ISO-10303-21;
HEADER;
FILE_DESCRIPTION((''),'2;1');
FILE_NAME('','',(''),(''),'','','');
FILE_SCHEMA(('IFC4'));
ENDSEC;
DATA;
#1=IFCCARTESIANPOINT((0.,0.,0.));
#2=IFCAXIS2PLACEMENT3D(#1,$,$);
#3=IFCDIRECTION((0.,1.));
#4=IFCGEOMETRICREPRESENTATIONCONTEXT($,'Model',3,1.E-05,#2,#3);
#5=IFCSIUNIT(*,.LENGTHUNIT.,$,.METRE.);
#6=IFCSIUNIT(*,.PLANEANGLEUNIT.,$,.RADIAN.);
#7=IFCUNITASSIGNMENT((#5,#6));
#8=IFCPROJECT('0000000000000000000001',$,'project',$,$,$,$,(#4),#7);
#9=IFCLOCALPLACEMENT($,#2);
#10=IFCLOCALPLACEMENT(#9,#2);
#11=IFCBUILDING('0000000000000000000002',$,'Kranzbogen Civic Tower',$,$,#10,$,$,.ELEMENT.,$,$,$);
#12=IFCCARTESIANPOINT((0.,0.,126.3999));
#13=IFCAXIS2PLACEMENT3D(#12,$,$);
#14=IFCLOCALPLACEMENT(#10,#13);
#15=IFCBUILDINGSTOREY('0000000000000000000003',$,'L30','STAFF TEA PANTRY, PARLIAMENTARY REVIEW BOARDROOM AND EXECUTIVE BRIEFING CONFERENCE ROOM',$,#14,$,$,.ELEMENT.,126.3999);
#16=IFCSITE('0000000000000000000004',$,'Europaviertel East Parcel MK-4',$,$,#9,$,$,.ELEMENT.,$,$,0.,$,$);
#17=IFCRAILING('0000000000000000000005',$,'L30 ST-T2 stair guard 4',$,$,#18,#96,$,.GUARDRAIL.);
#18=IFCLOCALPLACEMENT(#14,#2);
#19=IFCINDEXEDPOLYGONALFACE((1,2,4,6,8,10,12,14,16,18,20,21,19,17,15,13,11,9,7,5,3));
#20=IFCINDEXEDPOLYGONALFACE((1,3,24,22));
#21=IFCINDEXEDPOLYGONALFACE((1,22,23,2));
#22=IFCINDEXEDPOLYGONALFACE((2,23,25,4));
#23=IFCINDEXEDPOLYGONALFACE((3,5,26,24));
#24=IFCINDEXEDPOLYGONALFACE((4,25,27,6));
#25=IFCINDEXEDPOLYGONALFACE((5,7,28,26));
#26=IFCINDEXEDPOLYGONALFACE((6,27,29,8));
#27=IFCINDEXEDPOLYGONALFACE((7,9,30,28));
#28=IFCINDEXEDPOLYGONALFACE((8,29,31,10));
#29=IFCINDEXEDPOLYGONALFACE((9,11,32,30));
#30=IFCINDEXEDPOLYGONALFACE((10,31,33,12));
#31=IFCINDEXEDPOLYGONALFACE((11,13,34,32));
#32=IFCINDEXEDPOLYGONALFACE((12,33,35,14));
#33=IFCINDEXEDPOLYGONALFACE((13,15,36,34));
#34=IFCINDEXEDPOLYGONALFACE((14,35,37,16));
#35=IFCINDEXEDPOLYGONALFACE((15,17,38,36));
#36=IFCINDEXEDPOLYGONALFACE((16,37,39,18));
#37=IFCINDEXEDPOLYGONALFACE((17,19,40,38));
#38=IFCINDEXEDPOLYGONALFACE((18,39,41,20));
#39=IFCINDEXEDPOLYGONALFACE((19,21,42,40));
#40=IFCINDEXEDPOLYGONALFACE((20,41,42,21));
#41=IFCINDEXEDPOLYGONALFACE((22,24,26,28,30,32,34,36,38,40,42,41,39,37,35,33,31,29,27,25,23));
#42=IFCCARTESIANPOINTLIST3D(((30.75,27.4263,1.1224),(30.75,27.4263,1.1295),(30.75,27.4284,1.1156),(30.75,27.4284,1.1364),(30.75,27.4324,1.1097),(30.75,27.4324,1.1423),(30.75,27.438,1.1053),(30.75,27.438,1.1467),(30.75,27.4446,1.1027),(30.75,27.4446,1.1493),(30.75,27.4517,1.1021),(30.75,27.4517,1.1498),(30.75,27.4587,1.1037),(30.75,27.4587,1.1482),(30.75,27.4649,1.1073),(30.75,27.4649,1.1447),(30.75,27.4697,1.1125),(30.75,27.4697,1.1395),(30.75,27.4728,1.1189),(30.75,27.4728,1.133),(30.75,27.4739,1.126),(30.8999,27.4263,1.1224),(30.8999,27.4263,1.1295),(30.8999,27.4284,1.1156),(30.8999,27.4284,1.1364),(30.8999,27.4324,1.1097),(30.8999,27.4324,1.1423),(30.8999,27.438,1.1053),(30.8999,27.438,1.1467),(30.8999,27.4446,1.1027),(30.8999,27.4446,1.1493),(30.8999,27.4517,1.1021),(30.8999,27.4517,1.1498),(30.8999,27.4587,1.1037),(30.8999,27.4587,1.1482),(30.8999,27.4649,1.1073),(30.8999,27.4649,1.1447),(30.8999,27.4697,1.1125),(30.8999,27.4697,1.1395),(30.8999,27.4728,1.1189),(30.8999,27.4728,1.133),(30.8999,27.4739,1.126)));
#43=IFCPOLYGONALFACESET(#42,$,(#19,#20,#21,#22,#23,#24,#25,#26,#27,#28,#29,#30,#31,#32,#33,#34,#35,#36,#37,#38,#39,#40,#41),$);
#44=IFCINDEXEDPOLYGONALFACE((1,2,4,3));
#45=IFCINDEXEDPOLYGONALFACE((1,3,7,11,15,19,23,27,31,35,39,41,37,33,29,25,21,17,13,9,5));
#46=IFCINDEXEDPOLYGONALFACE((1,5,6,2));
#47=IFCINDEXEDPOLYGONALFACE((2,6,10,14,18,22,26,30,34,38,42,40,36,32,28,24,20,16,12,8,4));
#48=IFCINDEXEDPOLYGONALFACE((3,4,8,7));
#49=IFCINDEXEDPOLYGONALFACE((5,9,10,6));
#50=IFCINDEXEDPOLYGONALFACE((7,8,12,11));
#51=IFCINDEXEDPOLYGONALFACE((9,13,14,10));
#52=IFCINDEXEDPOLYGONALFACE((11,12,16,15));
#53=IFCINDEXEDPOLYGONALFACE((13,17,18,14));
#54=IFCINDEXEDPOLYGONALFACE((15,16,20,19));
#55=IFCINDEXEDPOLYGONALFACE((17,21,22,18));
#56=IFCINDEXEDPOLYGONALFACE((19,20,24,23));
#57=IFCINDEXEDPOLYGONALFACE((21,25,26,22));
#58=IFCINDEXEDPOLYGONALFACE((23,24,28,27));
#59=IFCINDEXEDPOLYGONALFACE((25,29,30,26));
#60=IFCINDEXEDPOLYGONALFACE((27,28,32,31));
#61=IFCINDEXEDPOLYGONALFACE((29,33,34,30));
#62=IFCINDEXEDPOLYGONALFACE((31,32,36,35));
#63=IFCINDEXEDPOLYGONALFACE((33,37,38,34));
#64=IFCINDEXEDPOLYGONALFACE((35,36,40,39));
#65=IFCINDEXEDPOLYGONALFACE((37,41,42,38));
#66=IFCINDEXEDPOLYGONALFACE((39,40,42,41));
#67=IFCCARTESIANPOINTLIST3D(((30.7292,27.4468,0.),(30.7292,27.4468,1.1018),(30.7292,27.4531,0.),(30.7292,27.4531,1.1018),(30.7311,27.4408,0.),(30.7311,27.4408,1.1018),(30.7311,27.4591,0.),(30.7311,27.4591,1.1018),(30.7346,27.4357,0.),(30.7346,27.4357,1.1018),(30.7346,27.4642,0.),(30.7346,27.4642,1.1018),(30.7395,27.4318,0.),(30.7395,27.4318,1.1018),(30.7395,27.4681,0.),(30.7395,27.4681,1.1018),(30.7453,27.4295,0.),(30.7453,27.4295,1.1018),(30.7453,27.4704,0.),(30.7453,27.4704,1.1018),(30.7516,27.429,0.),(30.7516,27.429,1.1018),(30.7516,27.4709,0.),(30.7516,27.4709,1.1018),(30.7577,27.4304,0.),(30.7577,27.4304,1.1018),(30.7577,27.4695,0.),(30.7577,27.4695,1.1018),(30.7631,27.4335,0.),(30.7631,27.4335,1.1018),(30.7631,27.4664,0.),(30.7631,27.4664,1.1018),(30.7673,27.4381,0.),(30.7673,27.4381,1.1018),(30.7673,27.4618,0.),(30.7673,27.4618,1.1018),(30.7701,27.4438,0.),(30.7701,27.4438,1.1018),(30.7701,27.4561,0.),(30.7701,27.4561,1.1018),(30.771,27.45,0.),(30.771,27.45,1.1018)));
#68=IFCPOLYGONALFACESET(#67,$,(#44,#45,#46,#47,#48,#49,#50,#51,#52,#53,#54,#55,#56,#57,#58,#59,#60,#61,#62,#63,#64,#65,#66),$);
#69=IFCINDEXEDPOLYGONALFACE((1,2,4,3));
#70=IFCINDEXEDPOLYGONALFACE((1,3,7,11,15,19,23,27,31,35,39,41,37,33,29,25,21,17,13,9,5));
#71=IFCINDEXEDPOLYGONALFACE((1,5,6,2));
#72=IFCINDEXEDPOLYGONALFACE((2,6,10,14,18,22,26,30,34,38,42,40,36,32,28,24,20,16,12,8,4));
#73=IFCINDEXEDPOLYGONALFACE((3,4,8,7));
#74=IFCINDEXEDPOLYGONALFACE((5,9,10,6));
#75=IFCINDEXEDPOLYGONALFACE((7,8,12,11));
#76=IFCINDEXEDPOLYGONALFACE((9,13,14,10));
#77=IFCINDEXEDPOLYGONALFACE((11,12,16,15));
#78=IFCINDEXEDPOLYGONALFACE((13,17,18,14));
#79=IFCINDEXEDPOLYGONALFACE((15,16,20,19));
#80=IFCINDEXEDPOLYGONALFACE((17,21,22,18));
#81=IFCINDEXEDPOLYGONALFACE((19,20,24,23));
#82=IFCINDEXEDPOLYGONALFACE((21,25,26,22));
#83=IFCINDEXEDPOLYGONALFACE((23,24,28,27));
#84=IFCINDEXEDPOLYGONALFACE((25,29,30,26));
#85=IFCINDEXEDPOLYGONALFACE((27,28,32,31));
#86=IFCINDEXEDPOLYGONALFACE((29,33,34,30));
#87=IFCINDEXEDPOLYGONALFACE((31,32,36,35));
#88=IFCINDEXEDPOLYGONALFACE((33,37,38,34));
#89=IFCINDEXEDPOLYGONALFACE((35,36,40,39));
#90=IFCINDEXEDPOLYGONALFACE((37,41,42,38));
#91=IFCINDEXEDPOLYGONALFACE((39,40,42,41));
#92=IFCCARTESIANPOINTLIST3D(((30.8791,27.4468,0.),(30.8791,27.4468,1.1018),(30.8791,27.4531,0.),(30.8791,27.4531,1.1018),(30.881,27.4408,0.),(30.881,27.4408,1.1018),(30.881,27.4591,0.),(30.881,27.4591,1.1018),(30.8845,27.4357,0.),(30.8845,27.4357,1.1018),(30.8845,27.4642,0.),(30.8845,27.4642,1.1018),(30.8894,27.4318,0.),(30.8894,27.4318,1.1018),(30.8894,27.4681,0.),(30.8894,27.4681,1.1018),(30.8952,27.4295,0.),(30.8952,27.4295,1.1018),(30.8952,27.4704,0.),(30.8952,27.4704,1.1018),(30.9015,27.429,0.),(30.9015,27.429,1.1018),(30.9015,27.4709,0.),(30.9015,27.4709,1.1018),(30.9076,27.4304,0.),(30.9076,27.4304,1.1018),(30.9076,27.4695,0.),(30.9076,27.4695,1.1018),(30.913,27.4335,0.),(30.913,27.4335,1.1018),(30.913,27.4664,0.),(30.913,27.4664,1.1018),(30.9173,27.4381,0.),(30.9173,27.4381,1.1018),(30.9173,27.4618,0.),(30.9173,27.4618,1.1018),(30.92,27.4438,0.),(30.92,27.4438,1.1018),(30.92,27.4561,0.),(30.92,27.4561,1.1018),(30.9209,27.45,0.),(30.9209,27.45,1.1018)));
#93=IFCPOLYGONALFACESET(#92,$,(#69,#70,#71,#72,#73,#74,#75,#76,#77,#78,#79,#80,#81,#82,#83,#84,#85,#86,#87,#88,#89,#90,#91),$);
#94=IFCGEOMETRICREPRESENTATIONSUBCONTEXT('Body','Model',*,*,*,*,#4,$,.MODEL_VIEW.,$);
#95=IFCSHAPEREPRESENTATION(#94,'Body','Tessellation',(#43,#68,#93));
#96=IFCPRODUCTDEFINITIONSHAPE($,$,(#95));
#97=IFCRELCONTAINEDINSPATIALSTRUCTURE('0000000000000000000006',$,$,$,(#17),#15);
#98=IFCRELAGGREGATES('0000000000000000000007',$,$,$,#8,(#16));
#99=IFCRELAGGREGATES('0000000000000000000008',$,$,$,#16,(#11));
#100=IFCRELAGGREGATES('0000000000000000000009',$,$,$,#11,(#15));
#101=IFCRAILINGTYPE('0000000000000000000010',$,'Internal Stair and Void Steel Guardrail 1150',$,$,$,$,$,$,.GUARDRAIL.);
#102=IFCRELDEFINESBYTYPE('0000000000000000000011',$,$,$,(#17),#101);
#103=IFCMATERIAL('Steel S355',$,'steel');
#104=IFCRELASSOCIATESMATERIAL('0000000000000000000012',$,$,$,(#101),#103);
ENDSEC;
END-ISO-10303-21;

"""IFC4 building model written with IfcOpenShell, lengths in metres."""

from ifc_helpers import new_model, si_unit, direction, frame, origin, origin_2d, place, context, subcontext, project, spatial, circle, extrude, material, type_object, element, save


model = new_model("IFC4")

# Units and contexts
model_context = context("Model", 3, precision=1e-05, world=origin(), true_north=direction((0.0, 1.0)))
body_context = subcontext(model_context, "Body", "Model", "MODEL_VIEW")
ifc_project = project(units=[si_unit("LENGTHUNIT", "METRE"), si_unit("PLANEANGLEUNIT", "RADIAN")], contexts=[model_context])

# Site, building, storey
site_placement = place(None, origin())
site = spatial("IfcSite", under=ifc_project, at=site_placement, Name="Europaviertel East Parcel MK-4", CompositionType="ELEMENT", RefElevation=0.0)
building_placement = place(site_placement, origin())
building = spatial("IfcBuilding", under=site, at=building_placement, Name="Kranzbogen Civic Tower", CompositionType="ELEMENT")
storey_placement = place(building_placement, frame((0.0, 0.0, 126.3999)))
storey = spatial("IfcBuildingStorey", under=building, at=storey_placement, Name="L30", Description="STAFF TEA PANTRY, PARLIAMENTARY REVIEW BOARDROOM AND EXECUTIVE BRIEFING CONFERENCE ROOM", CompositionType="ELEMENT", Elevation=126.3999)

# Shared definitions
ifc_material_1 = material(Name="Steel S355", Category="steel")

# Railing
railing_type_1 = type_object("IfcRailingType", Name="Internal Stair and Void Steel Guardrail 1150", PredefinedType="GUARDRAIL", material=ifc_material_1)
railing_1_placement = place(storey_placement, frame((30.75, 27.45, 0.0)))
element("IfcRailing", 1, at=railing_1_placement, inside=storey, type_object=railing_type_1, Name="L30 ST-T2 stair guard 4", PredefinedType="GUARDRAIL", context=body_context, shape_type="SweptSolid", body=[
    extrude(circle(Radius=0.0239, at=origin_2d()), frame((0.0, 0.0, 1.126), z_axis=(1.0, 0.0, 0.0), x_axis=(0.0, 1.0, 0.0)), (0.0, 0.0, 1.0), 0.1499),
    extrude(circle(Radius=0.021, at=origin_2d()), origin(), (0.0, 0.0, 1.0), 1.1018),
    extrude(circle(Radius=0.021, at=origin_2d()), frame((0.1499, 0.0, 0.0)), (0.0, 0.0, 1.0), 1.1018),
])

save(model, "model.ifc")
